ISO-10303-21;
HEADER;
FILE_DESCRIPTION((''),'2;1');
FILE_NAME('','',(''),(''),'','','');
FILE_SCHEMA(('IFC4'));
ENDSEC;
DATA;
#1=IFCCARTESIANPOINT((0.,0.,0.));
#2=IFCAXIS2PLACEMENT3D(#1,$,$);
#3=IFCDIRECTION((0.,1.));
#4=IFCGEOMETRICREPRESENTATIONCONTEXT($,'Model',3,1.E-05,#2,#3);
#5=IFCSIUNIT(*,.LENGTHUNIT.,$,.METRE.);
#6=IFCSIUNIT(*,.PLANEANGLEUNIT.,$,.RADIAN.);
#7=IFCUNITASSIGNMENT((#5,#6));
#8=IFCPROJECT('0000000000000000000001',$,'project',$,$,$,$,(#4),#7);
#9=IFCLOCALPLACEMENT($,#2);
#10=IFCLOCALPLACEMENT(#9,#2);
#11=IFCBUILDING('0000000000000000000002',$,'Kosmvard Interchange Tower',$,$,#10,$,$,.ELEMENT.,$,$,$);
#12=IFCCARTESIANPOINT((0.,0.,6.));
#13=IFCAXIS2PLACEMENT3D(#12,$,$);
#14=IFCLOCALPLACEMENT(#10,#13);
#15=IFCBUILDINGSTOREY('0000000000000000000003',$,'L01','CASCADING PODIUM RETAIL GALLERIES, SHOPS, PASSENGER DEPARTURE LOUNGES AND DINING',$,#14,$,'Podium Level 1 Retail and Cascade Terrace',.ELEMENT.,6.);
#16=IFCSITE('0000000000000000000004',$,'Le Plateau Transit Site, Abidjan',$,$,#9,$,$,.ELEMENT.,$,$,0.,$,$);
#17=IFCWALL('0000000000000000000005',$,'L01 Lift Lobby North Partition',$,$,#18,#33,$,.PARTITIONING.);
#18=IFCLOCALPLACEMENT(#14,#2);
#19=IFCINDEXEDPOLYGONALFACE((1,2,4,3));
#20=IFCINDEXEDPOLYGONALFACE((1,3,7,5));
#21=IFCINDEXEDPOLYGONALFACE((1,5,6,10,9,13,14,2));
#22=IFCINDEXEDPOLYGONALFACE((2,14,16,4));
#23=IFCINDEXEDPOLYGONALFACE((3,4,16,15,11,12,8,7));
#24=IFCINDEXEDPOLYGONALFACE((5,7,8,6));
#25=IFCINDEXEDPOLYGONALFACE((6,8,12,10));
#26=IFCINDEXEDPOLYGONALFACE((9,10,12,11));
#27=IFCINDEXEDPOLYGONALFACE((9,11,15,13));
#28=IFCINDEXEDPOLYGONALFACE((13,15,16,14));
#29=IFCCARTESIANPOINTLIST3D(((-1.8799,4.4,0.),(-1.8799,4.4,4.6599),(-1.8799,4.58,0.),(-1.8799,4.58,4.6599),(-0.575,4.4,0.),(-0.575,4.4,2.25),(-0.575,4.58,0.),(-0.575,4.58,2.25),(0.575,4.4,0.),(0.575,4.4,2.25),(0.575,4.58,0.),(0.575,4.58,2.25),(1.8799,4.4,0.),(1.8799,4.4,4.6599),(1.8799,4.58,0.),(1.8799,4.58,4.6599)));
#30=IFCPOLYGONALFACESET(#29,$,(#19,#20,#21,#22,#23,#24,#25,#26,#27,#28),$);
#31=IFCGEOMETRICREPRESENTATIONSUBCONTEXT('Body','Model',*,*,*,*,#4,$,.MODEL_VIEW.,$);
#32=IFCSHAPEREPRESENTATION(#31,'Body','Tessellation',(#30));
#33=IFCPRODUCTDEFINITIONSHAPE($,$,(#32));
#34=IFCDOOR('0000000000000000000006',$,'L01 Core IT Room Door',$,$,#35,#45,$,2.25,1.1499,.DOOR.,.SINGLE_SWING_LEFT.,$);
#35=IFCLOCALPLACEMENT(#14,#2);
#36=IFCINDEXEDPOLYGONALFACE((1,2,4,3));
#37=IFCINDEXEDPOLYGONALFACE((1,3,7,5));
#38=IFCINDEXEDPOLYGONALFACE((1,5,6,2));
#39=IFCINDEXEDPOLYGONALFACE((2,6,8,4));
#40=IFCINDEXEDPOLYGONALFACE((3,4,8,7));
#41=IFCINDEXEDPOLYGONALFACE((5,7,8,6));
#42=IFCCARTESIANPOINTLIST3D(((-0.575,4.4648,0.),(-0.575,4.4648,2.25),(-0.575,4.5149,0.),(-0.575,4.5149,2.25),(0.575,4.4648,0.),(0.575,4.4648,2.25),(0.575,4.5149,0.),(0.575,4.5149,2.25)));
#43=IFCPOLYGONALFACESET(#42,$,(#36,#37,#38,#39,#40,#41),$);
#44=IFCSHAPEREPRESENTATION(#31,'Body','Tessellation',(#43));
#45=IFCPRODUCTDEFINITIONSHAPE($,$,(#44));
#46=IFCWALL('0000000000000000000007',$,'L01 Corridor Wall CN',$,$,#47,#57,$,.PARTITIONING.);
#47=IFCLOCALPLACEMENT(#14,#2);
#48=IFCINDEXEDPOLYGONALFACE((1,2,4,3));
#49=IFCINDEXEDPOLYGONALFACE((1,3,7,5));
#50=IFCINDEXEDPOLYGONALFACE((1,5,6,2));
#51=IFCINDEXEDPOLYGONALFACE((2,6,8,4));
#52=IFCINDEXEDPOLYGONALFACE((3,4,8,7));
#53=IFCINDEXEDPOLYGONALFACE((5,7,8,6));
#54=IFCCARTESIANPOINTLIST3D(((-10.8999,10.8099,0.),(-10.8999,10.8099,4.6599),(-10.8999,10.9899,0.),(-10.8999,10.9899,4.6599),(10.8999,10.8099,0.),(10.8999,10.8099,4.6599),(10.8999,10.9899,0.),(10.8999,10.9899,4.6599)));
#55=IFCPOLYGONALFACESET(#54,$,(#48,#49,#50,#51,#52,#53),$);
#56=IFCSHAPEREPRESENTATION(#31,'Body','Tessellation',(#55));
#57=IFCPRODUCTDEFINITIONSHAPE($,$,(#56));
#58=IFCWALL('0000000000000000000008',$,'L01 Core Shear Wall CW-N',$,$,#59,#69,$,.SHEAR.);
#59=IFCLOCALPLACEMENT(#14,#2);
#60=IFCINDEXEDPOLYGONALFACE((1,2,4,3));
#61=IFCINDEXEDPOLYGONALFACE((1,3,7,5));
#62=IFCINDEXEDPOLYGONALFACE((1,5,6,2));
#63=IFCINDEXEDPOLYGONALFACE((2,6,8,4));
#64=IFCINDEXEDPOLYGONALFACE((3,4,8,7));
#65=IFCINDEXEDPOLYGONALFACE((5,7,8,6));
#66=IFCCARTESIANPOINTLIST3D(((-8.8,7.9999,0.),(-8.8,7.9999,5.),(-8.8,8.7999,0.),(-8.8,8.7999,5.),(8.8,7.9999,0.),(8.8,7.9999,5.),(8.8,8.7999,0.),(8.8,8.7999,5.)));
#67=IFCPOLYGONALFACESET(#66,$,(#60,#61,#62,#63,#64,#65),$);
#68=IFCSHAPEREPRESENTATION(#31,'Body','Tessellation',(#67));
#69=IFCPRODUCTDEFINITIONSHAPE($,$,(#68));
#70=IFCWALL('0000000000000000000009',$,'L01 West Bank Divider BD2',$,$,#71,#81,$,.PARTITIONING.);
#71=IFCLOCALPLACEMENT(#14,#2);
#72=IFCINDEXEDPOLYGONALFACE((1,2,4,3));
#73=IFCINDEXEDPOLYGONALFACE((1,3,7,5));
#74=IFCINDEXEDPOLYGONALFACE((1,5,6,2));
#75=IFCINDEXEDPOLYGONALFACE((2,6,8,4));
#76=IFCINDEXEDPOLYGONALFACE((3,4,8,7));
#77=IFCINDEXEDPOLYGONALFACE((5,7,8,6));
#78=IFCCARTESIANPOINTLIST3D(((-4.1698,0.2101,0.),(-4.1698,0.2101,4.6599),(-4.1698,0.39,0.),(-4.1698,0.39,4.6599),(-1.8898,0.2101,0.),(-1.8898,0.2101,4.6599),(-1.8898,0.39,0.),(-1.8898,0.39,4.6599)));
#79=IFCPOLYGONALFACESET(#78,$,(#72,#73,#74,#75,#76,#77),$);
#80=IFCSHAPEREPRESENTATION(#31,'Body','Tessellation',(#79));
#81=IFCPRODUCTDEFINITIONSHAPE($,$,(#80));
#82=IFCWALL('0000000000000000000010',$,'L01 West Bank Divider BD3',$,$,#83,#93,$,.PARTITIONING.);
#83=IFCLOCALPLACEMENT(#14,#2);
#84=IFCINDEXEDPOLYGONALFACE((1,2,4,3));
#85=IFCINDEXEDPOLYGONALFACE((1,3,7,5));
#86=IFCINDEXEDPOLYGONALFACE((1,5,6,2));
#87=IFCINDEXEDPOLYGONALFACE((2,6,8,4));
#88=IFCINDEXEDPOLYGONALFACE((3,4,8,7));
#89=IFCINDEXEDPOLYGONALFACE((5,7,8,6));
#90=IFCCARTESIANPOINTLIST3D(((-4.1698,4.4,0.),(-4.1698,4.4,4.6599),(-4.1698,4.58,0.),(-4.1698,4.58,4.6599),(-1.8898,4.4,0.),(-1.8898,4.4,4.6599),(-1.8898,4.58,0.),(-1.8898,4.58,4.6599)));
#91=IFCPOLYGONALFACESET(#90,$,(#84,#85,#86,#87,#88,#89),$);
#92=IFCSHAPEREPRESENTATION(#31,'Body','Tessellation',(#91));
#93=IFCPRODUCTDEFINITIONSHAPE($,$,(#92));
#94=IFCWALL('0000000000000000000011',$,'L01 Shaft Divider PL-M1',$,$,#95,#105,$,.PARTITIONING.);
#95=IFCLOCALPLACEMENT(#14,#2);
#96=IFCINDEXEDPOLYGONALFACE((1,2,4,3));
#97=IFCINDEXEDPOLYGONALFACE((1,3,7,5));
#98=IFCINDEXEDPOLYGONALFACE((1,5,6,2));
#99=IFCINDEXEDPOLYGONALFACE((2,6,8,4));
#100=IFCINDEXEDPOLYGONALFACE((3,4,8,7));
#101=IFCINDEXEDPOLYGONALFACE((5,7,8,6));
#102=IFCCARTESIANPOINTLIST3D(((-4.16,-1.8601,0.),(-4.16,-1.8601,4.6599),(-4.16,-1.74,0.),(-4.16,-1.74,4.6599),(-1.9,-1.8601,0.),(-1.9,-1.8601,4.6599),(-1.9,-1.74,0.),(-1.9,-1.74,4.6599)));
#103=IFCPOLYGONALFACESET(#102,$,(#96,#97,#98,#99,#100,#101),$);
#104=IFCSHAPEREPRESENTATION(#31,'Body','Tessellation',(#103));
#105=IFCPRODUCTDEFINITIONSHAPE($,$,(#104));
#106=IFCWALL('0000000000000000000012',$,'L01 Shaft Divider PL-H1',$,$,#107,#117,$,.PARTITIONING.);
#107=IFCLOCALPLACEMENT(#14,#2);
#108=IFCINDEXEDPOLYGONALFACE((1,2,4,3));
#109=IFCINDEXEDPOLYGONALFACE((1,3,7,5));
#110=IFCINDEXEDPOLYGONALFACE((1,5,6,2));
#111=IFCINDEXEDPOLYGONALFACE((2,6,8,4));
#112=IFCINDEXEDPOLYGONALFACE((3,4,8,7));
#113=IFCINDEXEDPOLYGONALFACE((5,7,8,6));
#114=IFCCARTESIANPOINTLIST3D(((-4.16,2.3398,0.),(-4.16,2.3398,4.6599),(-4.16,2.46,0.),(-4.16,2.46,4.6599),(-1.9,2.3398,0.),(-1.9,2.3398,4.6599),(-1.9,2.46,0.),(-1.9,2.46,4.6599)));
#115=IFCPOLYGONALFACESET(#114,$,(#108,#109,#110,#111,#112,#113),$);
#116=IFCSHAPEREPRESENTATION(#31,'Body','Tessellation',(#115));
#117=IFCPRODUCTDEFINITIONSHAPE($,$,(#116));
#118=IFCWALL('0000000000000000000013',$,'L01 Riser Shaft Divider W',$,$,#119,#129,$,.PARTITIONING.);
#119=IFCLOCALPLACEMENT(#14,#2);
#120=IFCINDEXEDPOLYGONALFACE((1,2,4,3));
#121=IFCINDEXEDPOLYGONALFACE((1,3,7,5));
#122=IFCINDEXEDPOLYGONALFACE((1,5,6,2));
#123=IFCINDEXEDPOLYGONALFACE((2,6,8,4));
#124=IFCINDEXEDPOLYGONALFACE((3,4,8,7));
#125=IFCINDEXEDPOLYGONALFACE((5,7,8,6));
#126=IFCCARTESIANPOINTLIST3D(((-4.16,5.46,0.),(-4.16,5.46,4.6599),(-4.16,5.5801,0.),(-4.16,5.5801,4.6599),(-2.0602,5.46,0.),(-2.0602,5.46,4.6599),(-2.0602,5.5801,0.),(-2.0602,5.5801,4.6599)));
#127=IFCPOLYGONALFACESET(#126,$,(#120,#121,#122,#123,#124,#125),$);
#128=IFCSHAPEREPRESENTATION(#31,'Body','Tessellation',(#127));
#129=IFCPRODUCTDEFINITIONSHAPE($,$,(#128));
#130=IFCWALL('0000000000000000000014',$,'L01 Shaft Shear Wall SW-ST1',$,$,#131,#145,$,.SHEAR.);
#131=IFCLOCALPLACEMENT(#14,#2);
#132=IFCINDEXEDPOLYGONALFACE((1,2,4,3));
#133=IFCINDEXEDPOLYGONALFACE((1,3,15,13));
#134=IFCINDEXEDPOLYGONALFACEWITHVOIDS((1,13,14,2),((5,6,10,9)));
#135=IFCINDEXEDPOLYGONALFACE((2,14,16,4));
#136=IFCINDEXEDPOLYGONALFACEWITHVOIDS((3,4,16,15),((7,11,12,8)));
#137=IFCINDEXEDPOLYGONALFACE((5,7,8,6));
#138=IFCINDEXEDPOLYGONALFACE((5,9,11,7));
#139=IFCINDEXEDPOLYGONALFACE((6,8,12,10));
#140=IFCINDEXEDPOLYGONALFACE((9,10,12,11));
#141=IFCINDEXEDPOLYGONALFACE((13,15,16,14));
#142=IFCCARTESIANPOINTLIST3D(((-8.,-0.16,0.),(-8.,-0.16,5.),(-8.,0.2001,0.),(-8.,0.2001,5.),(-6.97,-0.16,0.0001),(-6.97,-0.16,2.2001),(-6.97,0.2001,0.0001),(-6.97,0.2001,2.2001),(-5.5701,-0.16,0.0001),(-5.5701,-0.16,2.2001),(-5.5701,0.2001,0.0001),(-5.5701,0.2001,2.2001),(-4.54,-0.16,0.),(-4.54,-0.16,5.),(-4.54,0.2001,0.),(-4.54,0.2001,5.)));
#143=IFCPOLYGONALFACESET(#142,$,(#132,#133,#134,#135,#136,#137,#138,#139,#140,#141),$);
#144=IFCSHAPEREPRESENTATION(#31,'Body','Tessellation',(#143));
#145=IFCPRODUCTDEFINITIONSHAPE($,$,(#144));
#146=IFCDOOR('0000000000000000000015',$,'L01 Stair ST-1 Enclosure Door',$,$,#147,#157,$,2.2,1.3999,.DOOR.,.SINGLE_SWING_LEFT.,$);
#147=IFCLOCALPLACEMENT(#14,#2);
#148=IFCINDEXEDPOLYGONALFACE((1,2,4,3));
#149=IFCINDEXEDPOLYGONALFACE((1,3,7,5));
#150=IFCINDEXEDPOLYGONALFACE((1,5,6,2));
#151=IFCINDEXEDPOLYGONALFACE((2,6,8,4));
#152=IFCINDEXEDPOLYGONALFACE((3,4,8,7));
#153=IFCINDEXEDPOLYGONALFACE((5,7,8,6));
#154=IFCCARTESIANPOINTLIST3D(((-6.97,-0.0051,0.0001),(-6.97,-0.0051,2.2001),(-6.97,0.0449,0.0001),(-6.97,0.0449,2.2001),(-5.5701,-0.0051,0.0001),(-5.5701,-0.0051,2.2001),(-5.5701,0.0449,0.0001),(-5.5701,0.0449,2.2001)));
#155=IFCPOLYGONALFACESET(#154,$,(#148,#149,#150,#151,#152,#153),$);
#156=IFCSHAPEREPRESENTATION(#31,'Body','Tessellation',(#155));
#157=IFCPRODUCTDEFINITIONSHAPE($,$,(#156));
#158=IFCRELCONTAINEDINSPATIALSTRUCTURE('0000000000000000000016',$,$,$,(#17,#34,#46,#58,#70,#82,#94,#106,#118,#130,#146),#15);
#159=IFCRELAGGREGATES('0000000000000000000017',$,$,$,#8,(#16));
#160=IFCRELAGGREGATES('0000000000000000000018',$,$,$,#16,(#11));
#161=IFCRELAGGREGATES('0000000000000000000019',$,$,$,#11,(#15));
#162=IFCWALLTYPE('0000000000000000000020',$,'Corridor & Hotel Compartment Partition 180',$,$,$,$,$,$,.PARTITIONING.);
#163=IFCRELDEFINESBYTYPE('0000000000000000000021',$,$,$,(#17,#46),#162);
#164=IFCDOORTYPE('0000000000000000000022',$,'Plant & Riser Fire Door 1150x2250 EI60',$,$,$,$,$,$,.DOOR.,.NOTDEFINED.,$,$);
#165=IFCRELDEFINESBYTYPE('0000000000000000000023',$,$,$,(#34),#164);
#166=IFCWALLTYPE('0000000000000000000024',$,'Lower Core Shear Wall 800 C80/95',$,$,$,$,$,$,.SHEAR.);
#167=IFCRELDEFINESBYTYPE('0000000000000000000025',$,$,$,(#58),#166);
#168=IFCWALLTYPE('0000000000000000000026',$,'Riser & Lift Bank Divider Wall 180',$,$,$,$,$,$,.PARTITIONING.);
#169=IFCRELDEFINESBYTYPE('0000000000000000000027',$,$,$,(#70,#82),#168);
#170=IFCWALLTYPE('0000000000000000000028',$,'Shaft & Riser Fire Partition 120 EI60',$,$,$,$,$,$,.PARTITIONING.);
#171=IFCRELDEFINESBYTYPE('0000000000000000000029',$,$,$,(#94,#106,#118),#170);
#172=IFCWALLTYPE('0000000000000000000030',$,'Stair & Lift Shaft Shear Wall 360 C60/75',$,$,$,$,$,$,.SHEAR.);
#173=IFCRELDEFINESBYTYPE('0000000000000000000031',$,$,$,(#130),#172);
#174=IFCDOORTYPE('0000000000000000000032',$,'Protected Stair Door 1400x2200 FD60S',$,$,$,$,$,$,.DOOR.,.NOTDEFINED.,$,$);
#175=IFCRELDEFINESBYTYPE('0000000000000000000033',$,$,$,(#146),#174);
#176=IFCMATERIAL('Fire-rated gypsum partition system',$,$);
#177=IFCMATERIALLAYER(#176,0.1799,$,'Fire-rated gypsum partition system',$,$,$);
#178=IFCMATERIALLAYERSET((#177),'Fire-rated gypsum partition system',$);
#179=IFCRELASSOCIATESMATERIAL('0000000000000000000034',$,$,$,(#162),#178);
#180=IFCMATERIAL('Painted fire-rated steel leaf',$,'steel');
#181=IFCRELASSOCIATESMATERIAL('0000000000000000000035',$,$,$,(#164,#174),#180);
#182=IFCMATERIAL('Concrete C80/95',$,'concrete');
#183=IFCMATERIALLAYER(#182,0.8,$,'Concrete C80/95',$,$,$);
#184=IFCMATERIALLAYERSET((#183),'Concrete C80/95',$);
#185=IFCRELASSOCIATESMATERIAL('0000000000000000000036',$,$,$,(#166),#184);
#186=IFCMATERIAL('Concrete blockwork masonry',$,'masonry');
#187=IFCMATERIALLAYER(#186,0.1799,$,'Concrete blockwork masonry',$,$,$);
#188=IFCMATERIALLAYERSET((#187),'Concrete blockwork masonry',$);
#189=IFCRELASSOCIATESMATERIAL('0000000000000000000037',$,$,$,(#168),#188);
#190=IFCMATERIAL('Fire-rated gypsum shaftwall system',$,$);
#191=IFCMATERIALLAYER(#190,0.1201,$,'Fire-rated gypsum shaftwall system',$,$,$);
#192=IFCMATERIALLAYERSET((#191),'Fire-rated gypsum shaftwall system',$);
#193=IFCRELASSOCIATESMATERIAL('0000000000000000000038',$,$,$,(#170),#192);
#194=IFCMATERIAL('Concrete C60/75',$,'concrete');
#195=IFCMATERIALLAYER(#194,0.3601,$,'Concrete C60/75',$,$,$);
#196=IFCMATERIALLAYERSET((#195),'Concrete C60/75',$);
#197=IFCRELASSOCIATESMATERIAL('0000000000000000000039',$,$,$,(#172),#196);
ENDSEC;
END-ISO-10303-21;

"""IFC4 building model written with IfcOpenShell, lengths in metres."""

from ifc_helpers import new_model, si_unit, direction, frame, frame_2d, origin, place, context, subcontext, project, spatial, rectangle, extrude, source, transform, mapped, material, layer, layer_set, type_object, element, fill, save


model = new_model("IFC4")

# Units and contexts
model_context = context("Model", 3, precision=1e-05, world=origin(), true_north=direction((0.0, 1.0)))
body_context = subcontext(model_context, "Body", "Model", "MODEL_VIEW")
ifc_project = project(units=[si_unit("LENGTHUNIT", "METRE"), si_unit("PLANEANGLEUNIT", "RADIAN")], contexts=[model_context])

# Site, building, storey
site_placement = place(None, origin())
site = spatial("IfcSite", under=ifc_project, at=site_placement, Name="Le Plateau Transit Site, Abidjan", CompositionType="ELEMENT", RefElevation=0.0)
building_placement = place(site_placement, origin())
building = spatial("IfcBuilding", under=site, at=building_placement, Name="Kosmvard Interchange Tower", CompositionType="ELEMENT")
storey_placement = place(building_placement, frame((0.0, 0.0, 6.0)))
storey = spatial("IfcBuildingStorey", under=building, at=storey_placement, Name="L01", Description="CASCADING PODIUM RETAIL GALLERIES, SHOPS, PASSENGER DEPARTURE LOUNGES AND DINING", LongName="Podium Level 1 Retail and Cascade Terrace", CompositionType="ELEMENT", Elevation=6.0)

# Shared definitions
ifc_material_1 = material(Name="Concrete C80/95", Category="concrete")
ifc_material_2 = material(Name="Concrete C60/75", Category="concrete")

# Shared definitions
ifc_material_3 = material(Name="Fire-rated gypsum partition system")

# Wall, opening, door
ifc_layer_1 = layer(ifc_material_3, 0.1799, Name="Fire-rated gypsum partition system")
ifc_layer_set_1 = layer_set([ifc_layer_1], Name="Fire-rated gypsum partition system")
wall_type_1 = type_object("IfcWallType", Name="Corridor & Hotel Compartment Partition 180", PredefinedType="PARTITIONING", material=ifc_layer_set_1)
wall_1_placement = place(storey_placement, frame((-1.8799, 4.49, 0.0), z_axis=(0.0, 0.0, 1.0), x_axis=(1.0, 0.0, 0.0)))
wall_1 = element("IfcWall", 1, at=wall_1_placement, inside=storey, type_object=wall_type_1, Name="L01 Lift Lobby North Partition", PredefinedType="PARTITIONING", context=body_context, shape_type="SweptSolid", body=[
    extrude(rectangle(XDim=3.7598, YDim=0.1799, at=frame_2d((1.8799, 0.0))), origin(), (0.0, 0.0, 1.0), 4.6599),
])
opening_1_placement = place(wall_1_placement, frame((1.3049, 0.0, 0.0)))
opening_1 = element("IfcOpeningElement", 2, at=opening_1_placement, cuts=wall_1, PredefinedType="OPENING", context=body_context, shape_type="SweptSolid", body=[
    extrude(rectangle(XDim=1.1499, YDim=2.25, at=frame_2d((0.575, 1.125))), frame((0.0, 0.1001, 0.0), z_axis=(0.0, -1.0, 0.0), x_axis=(1.0, 0.0, 0.0)), (0.0, 0.0, 1.0), 0.2),
])
ifc_material_4 = material(Name="Painted fire-rated steel leaf", Category="steel")
door_type_1 = type_object("IfcDoorType", Name="Plant & Riser Fire Door 1150x2250 EI60", OperationType="NOTDEFINED", PredefinedType="DOOR", material=ifc_material_4)
shared_shape_1 = source(origin(), body_context, "Body", "SweptSolid", [
    extrude(rectangle(XDim=1.1499, YDim=2.25, at=frame_2d((0.575, 1.125))), frame((0.0, 0.0249, 0.0), z_axis=(0.0, -1.0, 0.0), x_axis=(1.0, 0.0, 0.0)), (0.0, 0.0, 1.0), 0.05),
])
door_1_placement = place(opening_1_placement, origin())
door_1 = element("IfcDoor", 3, at=door_1_placement, inside=storey, type_object=door_type_1, Name="L01 Core IT Room Door", OperationType="SINGLE_SWING_LEFT", OverallHeight=2.25, OverallWidth=1.1499, PredefinedType="DOOR", context=body_context, shape_type="MappedRepresentation", body=[
    mapped(shared_shape_1, transform((0.0, 0.0, 0.0), scale=1.0)),
])
fill(opening_1, door_1)

# Walls
wall_2_placement = place(storey_placement, frame((-10.8999, 10.8999, 0.0), z_axis=(0.0, 0.0, 1.0), x_axis=(1.0, 0.0, 0.0)))
element("IfcWall", 4, at=wall_2_placement, inside=storey, type_object=wall_type_1, Name="L01 Corridor Wall CN", PredefinedType="PARTITIONING", context=body_context, shape_type="SweptSolid", body=[
    extrude(rectangle(XDim=21.7998, YDim=0.1799, at=frame_2d((10.8999, 0.0))), origin(), (0.0, 0.0, 1.0), 4.6599),
])
ifc_layer_2 = layer(ifc_material_1, 0.8, Name="Concrete C80/95")
ifc_layer_set_2 = layer_set([ifc_layer_2], Name="Concrete C80/95")
wall_type_2 = type_object("IfcWallType", Name="Lower Core Shear Wall 800 C80/95", PredefinedType="SHEAR", material=ifc_layer_set_2)
wall_3_placement = place(storey_placement, frame((-8.8, 8.3999, 0.0), z_axis=(0.0, 0.0, 1.0), x_axis=(1.0, 0.0, 0.0)))
element("IfcWall", 5, at=wall_3_placement, inside=storey, type_object=wall_type_2, Name="L01 Core Shear Wall CW-N", PredefinedType="SHEAR", context=body_context, shape_type="SweptSolid", body=[
    extrude(rectangle(XDim=17.6001, YDim=0.8, at=frame_2d((8.8, 0.0))), origin(), (0.0, 0.0, 1.0), 5.0),
])
ifc_material_5 = material(Name="Concrete blockwork masonry", Category="masonry")
ifc_layer_3 = layer(ifc_material_5, 0.1799, Name="Concrete blockwork masonry")
ifc_layer_set_3 = layer_set([ifc_layer_3], Name="Concrete blockwork masonry")
wall_type_3 = type_object("IfcWallType", Name="Riser & Lift Bank Divider Wall 180", PredefinedType="PARTITIONING", material=ifc_layer_set_3)
for number, where, z_axis, x_axis, name in (
    (6, (-4.1699, 0.3, 0.0), (0.0, 0.0, 1.0), (1.0, 0.0, 0.0), "L01 West Bank Divider BD2"),
    (7, (-4.1699, 4.49, 0.0), (0.0, 0.0, 1.0), (1.0, 0.0, 0.0), "L01 West Bank Divider BD3"),
):
    element("IfcWall", number, at=place(storey_placement, frame(where, z_axis=z_axis, x_axis=x_axis)), inside=storey, type_object=wall_type_3, Name=name, PredefinedType="PARTITIONING", context=body_context, shape_type="SweptSolid", body=[
        extrude(rectangle(XDim=2.28, YDim=0.1799, at=frame_2d((1.1401, 0.0))), origin(), (0.0, 0.0, 1.0), 4.6599),
    ])
ifc_material_6 = material(Name="Fire-rated gypsum shaftwall system")
ifc_layer_4 = layer(ifc_material_6, 0.1201, Name="Fire-rated gypsum shaftwall system")
ifc_layer_set_4 = layer_set([ifc_layer_4], Name="Fire-rated gypsum shaftwall system")
wall_type_4 = type_object("IfcWallType", Name="Shaft & Riser Fire Partition 120 EI60", PredefinedType="PARTITIONING", material=ifc_layer_set_4)
for number, where, z_axis, x_axis, name in (
    (8, (-4.1599, -1.8, 0.0), (0.0, 0.0, 1.0), (1.0, 0.0, 0.0), "L01 Shaft Divider PL-M1"),
    (9, (-4.1599, 2.3999, 0.0), (0.0, 0.0, 1.0), (1.0, 0.0, 0.0), "L01 Shaft Divider PL-H1"),
):
    element("IfcWall", number, at=place(storey_placement, frame(where, z_axis=z_axis, x_axis=x_axis)), inside=storey, type_object=wall_type_4, Name=name, PredefinedType="PARTITIONING", context=body_context, shape_type="SweptSolid", body=[
        extrude(rectangle(XDim=2.26, YDim=0.1201, at=frame_2d((1.1299, 0.0))), origin(), (0.0, 0.0, 1.0), 4.6599),
    ])
wall_4_placement = place(storey_placement, frame((-4.1599, 5.52, 0.0), z_axis=(0.0, 0.0, 1.0), x_axis=(1.0, 0.0, 0.0)))
element("IfcWall", 10, at=wall_4_placement, inside=storey, type_object=wall_type_4, Name="L01 Riser Shaft Divider W", PredefinedType="PARTITIONING", context=body_context, shape_type="SweptSolid", body=[
    extrude(rectangle(XDim=2.0999, YDim=0.1201, at=frame_2d((1.0498, 0.0))), origin(), (0.0, 0.0, 1.0), 4.6599),
])

# Wall, opening, door
ifc_layer_5 = layer(ifc_material_2, 0.3601, Name="Concrete C60/75")
ifc_layer_set_5 = layer_set([ifc_layer_5], Name="Concrete C60/75")
wall_type_5 = type_object("IfcWallType", Name="Stair & Lift Shaft Shear Wall 360 C60/75", PredefinedType="SHEAR", material=ifc_layer_set_5)
wall_5_placement = place(storey_placement, frame((-8.0, 0.02, 0.0), z_axis=(0.0, 0.0, 1.0), x_axis=(1.0, 0.0, 0.0)))
wall_5 = element("IfcWall", 11, at=wall_5_placement, inside=storey, type_object=wall_type_5, Name="L01 Shaft Shear Wall SW-ST1", PredefinedType="SHEAR", context=body_context, shape_type="SweptSolid", body=[
    extrude(rectangle(XDim=3.46, YDim=0.3601, at=frame_2d((1.73, 0.0))), origin(), (0.0, 0.0, 1.0), 5.0),
])
opening_2_placement = place(wall_5_placement, frame((1.03, 0.0, 0.0)))
opening_2 = element("IfcOpeningElement", 12, at=opening_2_placement, cuts=wall_5, PredefinedType="OPENING", context=body_context, shape_type="SweptSolid", body=[
    extrude(rectangle(XDim=1.3999, YDim=2.2, at=frame_2d((0.7, 1.1001))), frame((0.0, 0.1899, 0.0), z_axis=(0.0, -1.0, 0.0), x_axis=(1.0, 0.0, 0.0)), (0.0, 0.0, 1.0), 0.3801),
])
door_type_2 = type_object("IfcDoorType", Name="Protected Stair Door 1400x2200 FD60S", OperationType="NOTDEFINED", PredefinedType="DOOR", material=ifc_material_4)
shared_shape_2 = source(origin(), body_context, "Body", "SweptSolid", [
    extrude(rectangle(XDim=1.3999, YDim=2.2, at=frame_2d((0.7, 1.1001))), frame((0.0, 0.0249, 0.0), z_axis=(0.0, -1.0, 0.0), x_axis=(1.0, 0.0, 0.0)), (0.0, 0.0, 1.0), 0.05),
])
door_2_placement = place(opening_2_placement, origin())
door_2 = element("IfcDoor", 13, at=door_2_placement, inside=storey, type_object=door_type_2, Name="L01 Stair ST-1 Enclosure Door", OperationType="SINGLE_SWING_LEFT", OverallHeight=2.2, OverallWidth=1.3999, PredefinedType="DOOR", context=body_context, shape_type="MappedRepresentation", body=[
    mapped(shared_shape_2, transform((0.0, 0.0, 0.0), scale=1.0)),
])
fill(opening_2, door_2)

save(model, "model.ifc")
